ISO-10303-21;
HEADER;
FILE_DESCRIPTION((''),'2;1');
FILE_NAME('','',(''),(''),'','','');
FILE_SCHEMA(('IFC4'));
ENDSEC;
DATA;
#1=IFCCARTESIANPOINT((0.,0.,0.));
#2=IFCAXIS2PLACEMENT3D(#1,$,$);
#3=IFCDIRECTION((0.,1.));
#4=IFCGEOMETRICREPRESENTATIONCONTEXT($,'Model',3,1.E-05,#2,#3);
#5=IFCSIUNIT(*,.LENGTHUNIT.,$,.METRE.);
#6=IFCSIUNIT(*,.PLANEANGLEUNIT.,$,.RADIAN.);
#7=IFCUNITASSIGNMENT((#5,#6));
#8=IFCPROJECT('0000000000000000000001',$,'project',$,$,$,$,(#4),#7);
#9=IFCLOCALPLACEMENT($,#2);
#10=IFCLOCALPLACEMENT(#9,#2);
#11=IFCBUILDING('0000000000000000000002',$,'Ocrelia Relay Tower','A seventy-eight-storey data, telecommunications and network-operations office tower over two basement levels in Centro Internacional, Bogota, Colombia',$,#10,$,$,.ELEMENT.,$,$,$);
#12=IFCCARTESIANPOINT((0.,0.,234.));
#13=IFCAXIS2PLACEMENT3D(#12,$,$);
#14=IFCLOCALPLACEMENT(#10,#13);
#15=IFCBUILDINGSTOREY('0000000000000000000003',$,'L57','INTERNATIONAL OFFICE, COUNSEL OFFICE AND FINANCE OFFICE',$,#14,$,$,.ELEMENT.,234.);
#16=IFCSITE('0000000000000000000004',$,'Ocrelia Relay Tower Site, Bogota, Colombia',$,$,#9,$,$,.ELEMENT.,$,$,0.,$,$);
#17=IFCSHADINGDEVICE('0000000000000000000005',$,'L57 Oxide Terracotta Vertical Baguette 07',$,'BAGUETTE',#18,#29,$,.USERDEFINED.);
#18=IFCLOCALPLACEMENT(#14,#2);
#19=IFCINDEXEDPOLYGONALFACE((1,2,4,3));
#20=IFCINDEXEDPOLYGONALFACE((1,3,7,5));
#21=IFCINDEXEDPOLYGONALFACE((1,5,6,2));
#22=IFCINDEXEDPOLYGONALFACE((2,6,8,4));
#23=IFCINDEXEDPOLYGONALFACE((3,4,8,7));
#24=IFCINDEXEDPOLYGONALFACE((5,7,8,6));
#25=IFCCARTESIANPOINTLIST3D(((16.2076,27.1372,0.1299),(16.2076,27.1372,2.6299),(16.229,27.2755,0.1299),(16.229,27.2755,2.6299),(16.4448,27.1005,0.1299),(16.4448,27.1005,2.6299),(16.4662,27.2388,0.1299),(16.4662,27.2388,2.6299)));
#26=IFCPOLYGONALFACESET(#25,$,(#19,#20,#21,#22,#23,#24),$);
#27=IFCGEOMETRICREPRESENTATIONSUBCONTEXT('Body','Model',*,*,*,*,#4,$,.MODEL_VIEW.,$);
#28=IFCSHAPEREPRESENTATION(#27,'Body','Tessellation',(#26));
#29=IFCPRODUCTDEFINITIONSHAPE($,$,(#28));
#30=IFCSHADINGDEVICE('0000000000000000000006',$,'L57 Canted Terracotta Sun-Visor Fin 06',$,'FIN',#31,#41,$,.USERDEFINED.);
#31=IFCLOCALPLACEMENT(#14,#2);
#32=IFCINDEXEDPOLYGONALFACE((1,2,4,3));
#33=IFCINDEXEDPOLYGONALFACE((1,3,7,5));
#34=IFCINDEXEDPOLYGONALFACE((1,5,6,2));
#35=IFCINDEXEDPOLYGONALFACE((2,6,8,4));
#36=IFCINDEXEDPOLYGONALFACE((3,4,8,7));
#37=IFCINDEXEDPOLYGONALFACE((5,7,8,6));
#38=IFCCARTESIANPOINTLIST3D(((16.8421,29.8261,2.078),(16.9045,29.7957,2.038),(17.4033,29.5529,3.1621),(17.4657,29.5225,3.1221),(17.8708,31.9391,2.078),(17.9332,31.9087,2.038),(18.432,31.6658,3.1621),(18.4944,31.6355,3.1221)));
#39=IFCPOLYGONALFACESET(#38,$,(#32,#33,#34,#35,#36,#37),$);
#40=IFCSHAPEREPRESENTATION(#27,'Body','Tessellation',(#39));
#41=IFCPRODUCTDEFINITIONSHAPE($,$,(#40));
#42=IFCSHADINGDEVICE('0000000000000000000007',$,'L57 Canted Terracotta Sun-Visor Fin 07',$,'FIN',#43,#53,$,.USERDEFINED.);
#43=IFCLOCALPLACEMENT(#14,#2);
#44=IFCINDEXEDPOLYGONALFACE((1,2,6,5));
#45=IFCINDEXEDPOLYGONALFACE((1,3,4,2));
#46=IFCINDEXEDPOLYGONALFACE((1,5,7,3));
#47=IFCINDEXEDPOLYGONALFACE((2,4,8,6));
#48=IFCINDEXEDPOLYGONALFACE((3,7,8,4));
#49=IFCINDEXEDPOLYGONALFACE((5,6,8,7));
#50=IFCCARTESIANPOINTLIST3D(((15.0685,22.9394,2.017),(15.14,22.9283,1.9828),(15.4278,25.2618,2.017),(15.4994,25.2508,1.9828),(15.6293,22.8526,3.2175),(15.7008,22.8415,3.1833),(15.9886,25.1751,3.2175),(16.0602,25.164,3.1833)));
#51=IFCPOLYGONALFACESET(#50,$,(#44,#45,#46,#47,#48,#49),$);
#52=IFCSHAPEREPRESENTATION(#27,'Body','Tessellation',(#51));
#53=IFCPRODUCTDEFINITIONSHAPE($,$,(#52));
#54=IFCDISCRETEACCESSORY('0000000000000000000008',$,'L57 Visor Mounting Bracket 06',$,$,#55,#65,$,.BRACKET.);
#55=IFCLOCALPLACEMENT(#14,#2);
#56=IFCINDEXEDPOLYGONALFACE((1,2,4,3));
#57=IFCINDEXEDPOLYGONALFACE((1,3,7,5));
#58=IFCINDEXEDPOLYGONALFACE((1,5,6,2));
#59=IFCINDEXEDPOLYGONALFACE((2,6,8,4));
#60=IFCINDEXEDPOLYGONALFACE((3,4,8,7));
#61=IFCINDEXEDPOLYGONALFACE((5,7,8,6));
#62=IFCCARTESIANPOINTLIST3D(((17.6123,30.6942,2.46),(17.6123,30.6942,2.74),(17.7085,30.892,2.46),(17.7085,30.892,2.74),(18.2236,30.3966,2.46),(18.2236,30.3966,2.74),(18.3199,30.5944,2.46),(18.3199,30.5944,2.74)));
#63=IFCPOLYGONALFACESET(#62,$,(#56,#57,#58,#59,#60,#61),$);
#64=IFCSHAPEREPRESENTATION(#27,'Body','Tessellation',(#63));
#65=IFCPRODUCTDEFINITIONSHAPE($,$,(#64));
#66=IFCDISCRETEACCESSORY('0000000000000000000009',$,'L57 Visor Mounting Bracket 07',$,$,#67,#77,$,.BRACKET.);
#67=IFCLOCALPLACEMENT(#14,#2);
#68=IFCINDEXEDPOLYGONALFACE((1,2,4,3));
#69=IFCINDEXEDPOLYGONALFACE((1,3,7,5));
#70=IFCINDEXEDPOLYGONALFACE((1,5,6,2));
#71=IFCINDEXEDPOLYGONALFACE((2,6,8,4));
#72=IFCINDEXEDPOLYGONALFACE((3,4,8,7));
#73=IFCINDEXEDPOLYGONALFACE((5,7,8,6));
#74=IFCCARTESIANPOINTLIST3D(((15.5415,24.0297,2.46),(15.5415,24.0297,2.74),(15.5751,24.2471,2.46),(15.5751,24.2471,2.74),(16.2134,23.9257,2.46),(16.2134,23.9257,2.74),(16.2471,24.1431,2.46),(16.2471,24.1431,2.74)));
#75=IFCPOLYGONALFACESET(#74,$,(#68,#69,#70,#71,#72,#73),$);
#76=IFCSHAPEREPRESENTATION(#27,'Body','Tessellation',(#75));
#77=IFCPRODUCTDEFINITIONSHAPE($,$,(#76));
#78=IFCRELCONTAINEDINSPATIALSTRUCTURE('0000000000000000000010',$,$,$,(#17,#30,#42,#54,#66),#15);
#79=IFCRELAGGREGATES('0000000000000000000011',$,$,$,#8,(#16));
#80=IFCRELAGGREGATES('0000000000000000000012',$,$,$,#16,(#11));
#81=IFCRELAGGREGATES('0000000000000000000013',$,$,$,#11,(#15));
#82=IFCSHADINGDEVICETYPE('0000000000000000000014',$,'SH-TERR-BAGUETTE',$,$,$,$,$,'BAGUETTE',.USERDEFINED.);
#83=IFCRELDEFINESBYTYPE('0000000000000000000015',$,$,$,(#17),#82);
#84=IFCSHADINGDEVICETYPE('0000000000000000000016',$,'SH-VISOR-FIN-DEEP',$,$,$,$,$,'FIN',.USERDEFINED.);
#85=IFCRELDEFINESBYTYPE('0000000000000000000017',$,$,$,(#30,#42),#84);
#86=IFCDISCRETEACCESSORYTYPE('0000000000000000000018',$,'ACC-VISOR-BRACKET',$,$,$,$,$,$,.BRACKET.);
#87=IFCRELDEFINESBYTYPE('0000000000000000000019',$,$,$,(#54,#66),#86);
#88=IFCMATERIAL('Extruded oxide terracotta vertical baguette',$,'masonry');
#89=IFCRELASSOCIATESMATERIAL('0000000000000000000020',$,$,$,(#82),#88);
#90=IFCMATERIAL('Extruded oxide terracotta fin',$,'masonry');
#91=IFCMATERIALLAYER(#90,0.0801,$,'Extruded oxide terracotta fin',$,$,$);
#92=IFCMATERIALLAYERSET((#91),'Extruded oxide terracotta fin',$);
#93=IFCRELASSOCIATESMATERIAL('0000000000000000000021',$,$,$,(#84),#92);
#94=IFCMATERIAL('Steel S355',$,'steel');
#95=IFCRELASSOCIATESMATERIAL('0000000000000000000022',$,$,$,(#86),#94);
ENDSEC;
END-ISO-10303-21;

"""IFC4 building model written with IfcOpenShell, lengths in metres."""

from ifc_helpers import new_model, si_unit, direction, frame, origin, origin_2d, place, context, subcontext, project, spatial, rectangle, extrude, material, layer, layer_set, type_object, element, save


model = new_model("IFC4")

# Units and contexts
model_context = context("Model", 3, precision=1e-05, world=origin(), true_north=direction((0.0, 1.0)))
body_context = subcontext(model_context, "Body", "Model", "MODEL_VIEW")
ifc_project = project(units=[si_unit("LENGTHUNIT", "METRE"), si_unit("PLANEANGLEUNIT", "RADIAN")], contexts=[model_context])

# Site, building, storey
site_placement = place(None, origin())
site = spatial("IfcSite", under=ifc_project, at=site_placement, Name="Ocrelia Relay Tower Site, Bogota, Colombia", CompositionType="ELEMENT", RefElevation=0.0)
building_placement = place(site_placement, origin())
building = spatial("IfcBuilding", under=site, at=building_placement, Name="Ocrelia Relay Tower", Description="A seventy-eight-storey data, telecommunications and network-operations office tower over two basement levels in Centro Internacional, Bogota, Colombia", CompositionType="ELEMENT")
storey_placement = place(building_placement, frame((0.0, 0.0, 234.0)))
storey = spatial("IfcBuildingStorey", under=building, at=storey_placement, Name="L57", Description="INTERNATIONAL OFFICE, COUNSEL OFFICE AND FINANCE OFFICE", CompositionType="ELEMENT", Elevation=234.0)

# Shared definitions
ifc_material_1 = material(Name="Steel S355", Category="steel")

# Shading devices
ifc_material_2 = material(Name="Extruded oxide terracotta vertical baguette", Category="masonry")
shading_device_type_1 = type_object("IfcShadingDeviceType", Name="SH-TERR-BAGUETTE", ElementType="BAGUETTE", PredefinedType="USERDEFINED", material=ifc_material_2)
shading_device_1_placement = place(storey_placement, frame((16.3369, 27.188, 0.1299), z_axis=(0.0, 0.0, 1.0), x_axis=(-0.152922, -0.988238, 0.0)))
element("IfcShadingDevice", 1, at=shading_device_1_placement, inside=storey, type_object=shading_device_type_1, Name="L57 Oxide Terracotta Vertical Baguette 07", ObjectType="BAGUETTE", PredefinedType="USERDEFINED", context=body_context, shape_type="SweptSolid", body=[
    extrude(rectangle(XDim=0.1399, YDim=0.24, at=origin_2d()), origin(), (0.0, 0.0, 1.0), 2.5),
])
ifc_material_3 = material(Name="Extruded oxide terracotta fin", Category="masonry")
ifc_layer_1 = layer(ifc_material_3, 0.0801, Name="Extruded oxide terracotta fin")
ifc_layer_set_1 = layer_set([ifc_layer_1], Name="Extruded oxide terracotta fin")
shading_device_type_2 = type_object("IfcShadingDeviceType", Name="SH-VISOR-FIN-DEEP", ElementType="FIN", PredefinedType="USERDEFINED", material=ifc_layer_set_1)
shading_device_2_placement = place(storey_placement, frame((17.6995, 30.7156, 2.5801), z_axis=(-0.779199, 0.37935, 0.498942), x_axis=(-0.437727, -0.899108, 0.0)))
element("IfcShadingDevice", 2, at=shading_device_2_placement, inside=storey, type_object=shading_device_type_2, Name="L57 Canted Terracotta Sun-Visor Fin 06", ObjectType="FIN", PredefinedType="USERDEFINED", context=body_context, shape_type="SweptSolid", body=[
    extrude(rectangle(XDim=2.3501, YDim=1.251, at=origin_2d()), origin(), (0.0, 0.0, 1.0), 0.0801),
])
shading_device_3_placement = place(storey_placement, frame((15.6001, 24.0461, 2.583), z_axis=(-0.893449, 0.138255, 0.427358), x_axis=(-0.152922, -0.988238, 0.0)))
element("IfcShadingDevice", 3, at=shading_device_3_placement, inside=storey, type_object=shading_device_type_2, Name="L57 Canted Terracotta Sun-Visor Fin 07", ObjectType="FIN", PredefinedType="USERDEFINED", context=body_context, shape_type="SweptSolid", body=[
    extrude(rectangle(XDim=2.3501, YDim=1.3279, at=origin_2d()), origin(), (0.0, 0.0, 1.0), 0.0801),
])

# Discrete accessories
discrete_accessory_type = type_object("IfcDiscreteAccessoryType", Name="ACC-VISOR-BRACKET", PredefinedType="BRACKET", material=ifc_material_1)
for number, where, z_axis, x_axis, name in (
    (4, (17.9661, 30.6443, 2.46), (0.0, 0.0, 1.0), (-0.437727, -0.899108, 0.0), "L57 Visor Mounting Bracket 06"),
    (5, (15.8943, 24.0864, 2.46), (0.0, 0.0, 1.0), (-0.152922, -0.988238, 0.0), "L57 Visor Mounting Bracket 07"),
):
    element("IfcDiscreteAccessory", number, at=place(storey_placement, frame(where, z_axis=z_axis, x_axis=x_axis)), inside=storey, type_object=discrete_accessory_type, Name=name, PredefinedType="BRACKET", context=body_context, shape_type="SweptSolid", body=[
        extrude(rectangle(XDim=0.22, YDim=0.6799, at=origin_2d()), origin(), (0.0, 0.0, 1.0), 0.28),
    ])

save(model, "model.ifc")
